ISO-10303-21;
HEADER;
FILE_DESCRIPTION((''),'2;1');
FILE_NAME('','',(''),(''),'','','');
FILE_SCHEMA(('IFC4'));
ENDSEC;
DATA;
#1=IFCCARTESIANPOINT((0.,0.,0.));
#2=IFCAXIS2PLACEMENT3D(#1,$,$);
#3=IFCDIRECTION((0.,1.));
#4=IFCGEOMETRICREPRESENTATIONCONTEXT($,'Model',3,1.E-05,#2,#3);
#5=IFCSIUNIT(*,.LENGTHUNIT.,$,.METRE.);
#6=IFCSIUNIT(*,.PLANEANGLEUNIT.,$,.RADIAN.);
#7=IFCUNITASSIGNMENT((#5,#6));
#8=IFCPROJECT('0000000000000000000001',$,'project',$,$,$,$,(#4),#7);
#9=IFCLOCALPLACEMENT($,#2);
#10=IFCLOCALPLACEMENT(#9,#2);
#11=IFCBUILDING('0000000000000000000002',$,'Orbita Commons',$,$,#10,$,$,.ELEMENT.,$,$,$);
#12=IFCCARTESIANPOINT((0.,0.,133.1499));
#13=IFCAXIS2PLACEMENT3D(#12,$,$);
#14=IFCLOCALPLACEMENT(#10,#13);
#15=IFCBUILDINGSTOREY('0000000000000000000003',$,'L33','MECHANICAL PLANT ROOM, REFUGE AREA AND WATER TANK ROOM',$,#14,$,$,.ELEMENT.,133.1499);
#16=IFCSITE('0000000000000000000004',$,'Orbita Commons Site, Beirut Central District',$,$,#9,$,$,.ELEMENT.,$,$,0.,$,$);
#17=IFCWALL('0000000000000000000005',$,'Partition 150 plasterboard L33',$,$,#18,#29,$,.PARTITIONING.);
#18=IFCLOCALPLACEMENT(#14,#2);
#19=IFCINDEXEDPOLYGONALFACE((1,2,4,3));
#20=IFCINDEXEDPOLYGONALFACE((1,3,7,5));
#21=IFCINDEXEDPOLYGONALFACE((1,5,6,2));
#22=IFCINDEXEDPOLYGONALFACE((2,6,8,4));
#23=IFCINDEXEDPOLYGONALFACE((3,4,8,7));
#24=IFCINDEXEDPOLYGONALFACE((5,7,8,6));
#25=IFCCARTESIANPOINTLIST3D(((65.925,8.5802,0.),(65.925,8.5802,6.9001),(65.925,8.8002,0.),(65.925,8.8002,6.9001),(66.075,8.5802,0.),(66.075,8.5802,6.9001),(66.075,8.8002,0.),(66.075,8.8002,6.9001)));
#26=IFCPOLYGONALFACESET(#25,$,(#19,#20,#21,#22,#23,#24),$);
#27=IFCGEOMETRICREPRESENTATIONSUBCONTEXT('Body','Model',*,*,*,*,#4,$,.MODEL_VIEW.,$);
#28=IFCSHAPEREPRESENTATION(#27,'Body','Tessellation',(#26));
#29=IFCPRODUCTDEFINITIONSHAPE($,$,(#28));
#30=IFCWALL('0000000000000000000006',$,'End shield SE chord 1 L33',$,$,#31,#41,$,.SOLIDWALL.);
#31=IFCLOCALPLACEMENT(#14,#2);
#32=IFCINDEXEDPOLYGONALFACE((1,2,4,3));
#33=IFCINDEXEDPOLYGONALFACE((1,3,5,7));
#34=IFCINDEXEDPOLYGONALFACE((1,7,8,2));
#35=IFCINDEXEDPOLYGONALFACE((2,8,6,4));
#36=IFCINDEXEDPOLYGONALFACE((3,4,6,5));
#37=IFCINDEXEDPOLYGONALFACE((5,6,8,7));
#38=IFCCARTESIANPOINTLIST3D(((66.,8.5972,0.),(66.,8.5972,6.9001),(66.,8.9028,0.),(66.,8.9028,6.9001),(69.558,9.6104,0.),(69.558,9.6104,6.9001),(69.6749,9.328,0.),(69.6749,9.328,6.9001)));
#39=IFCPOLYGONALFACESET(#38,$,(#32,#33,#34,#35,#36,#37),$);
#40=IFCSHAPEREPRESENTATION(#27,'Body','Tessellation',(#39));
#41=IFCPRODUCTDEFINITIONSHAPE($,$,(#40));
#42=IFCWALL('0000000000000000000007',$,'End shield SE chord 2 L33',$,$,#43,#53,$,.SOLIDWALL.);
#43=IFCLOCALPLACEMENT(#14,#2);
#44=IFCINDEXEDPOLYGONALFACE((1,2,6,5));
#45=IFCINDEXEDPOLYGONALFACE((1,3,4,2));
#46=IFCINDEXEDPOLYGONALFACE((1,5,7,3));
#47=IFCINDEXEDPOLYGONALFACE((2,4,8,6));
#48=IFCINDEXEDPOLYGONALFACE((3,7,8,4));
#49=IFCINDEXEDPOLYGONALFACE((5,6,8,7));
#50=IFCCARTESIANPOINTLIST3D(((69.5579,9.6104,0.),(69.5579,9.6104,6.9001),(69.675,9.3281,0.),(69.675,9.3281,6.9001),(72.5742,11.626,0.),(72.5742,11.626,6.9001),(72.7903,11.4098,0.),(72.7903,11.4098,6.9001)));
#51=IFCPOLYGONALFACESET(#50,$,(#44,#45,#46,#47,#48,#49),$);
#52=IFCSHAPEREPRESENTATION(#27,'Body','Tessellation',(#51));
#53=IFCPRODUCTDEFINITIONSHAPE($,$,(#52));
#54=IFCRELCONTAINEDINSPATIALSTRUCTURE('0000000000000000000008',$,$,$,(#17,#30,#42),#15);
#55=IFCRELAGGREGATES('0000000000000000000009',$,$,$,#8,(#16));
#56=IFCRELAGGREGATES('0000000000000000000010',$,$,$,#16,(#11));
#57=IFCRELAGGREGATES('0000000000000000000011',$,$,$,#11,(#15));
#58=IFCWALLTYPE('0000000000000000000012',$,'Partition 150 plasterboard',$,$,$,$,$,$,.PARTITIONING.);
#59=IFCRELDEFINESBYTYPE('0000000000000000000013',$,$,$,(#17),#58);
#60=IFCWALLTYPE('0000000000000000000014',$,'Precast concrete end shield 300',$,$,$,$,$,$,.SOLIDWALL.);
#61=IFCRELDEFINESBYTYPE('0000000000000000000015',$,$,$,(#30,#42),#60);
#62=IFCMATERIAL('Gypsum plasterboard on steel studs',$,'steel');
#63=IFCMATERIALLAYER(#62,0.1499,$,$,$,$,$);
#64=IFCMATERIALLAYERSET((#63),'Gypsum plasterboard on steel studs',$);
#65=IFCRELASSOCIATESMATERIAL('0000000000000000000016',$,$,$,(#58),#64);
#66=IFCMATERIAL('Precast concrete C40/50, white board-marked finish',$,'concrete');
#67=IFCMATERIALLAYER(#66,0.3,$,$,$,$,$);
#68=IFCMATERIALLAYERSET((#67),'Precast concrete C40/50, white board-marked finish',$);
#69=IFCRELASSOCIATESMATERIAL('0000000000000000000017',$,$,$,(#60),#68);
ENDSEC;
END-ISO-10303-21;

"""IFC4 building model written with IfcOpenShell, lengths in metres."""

from ifc_helpers import new_model, si_unit, direction, frame, frame_2d, origin, place, context, subcontext, project, spatial, polyline, rectangle, outline, extrude, material, layer, layer_set, type_object, element, save


model = new_model("IFC4")

# Units and contexts
model_context = context("Model", 3, precision=1e-05, world=origin(), true_north=direction((0.0, 1.0)))
body_context = subcontext(model_context, "Body", "Model", "MODEL_VIEW")
ifc_project = project(units=[si_unit("LENGTHUNIT", "METRE"), si_unit("PLANEANGLEUNIT", "RADIAN")], contexts=[model_context])

# Site, building, storey
site_placement = place(None, origin())
site = spatial("IfcSite", under=ifc_project, at=site_placement, Name="Orbita Commons Site, Beirut Central District", CompositionType="ELEMENT", RefElevation=0.0)
building_placement = place(site_placement, origin())
building = spatial("IfcBuilding", under=site, at=building_placement, Name="Orbita Commons", CompositionType="ELEMENT")
storey_placement = place(building_placement, frame((0.0, 0.0, 133.1499)))
storey = spatial("IfcBuildingStorey", under=building, at=storey_placement, Name="L33", Description="MECHANICAL PLANT ROOM, REFUGE AREA AND WATER TANK ROOM", CompositionType="ELEMENT", Elevation=133.1499)

# Walls
ifc_material_1 = material(Name="Gypsum plasterboard on steel studs", Category="steel")
ifc_layer_1 = layer(ifc_material_1, 0.1499)
ifc_layer_set_1 = layer_set([ifc_layer_1], Name="Gypsum plasterboard on steel studs")
wall_type_1 = type_object("IfcWallType", Name="Partition 150 plasterboard", PredefinedType="PARTITIONING", material=ifc_layer_set_1)
wall_1_placement = place(storey_placement, frame((66.0, 8.8, 0.0), z_axis=(0.0, 0.0, 1.0), x_axis=(0.0, -1.0, 0.0)))
element("IfcWall", 1, at=wall_1_placement, inside=storey, type_object=wall_type_1, Name="Partition 150 plasterboard L33", PredefinedType="PARTITIONING", context=body_context, shape_type="SweptSolid", body=[
    extrude(rectangle(XDim=0.22, YDim=0.1499, at=frame_2d((0.1099, 0.0))), origin(), (0.0, 0.0, 1.0), 6.9001),
])
ifc_material_2 = material(Name="Precast concrete C40/50, white board-marked finish", Category="concrete")
ifc_layer_2 = layer(ifc_material_2, 0.3)
ifc_layer_set_2 = layer_set([ifc_layer_2], Name="Precast concrete C40/50, white board-marked finish")
wall_type_2 = type_object("IfcWallType", Name="Precast concrete end shield 300", PredefinedType="SOLIDWALL", material=ifc_layer_set_2)
for number, where, z_axis, x_axis, name in (
    (2, (66.0, 8.75, 0.0), (0.0, 0.0, 1.0), (0.980791, 0.195059, 0.0), "End shield SE chord 1 L33"),
    (3, (69.6165, 9.4692, 0.0), (0.0, 0.0, 1.0), (0.831449, 0.555601, 0.0), "End shield SE chord 2 L33"),
):
    element("IfcWall", number, at=place(storey_placement, frame(where, z_axis=z_axis, x_axis=x_axis)), inside=storey, type_object=wall_type_2, Name=name, PredefinedType="SOLIDWALL", context=body_context, shape_type="SweptSolid", body=[
        extrude(outline(polyline([(-0.0298, -0.1499), (3.717, -0.1499), (3.6575, 0.1499), (0.0298, 0.1499), (-0.0298, -0.1499)])), origin(), (0.0, 0.0, 1.0), 6.9001),
    ])

save(model, "model.ifc")
